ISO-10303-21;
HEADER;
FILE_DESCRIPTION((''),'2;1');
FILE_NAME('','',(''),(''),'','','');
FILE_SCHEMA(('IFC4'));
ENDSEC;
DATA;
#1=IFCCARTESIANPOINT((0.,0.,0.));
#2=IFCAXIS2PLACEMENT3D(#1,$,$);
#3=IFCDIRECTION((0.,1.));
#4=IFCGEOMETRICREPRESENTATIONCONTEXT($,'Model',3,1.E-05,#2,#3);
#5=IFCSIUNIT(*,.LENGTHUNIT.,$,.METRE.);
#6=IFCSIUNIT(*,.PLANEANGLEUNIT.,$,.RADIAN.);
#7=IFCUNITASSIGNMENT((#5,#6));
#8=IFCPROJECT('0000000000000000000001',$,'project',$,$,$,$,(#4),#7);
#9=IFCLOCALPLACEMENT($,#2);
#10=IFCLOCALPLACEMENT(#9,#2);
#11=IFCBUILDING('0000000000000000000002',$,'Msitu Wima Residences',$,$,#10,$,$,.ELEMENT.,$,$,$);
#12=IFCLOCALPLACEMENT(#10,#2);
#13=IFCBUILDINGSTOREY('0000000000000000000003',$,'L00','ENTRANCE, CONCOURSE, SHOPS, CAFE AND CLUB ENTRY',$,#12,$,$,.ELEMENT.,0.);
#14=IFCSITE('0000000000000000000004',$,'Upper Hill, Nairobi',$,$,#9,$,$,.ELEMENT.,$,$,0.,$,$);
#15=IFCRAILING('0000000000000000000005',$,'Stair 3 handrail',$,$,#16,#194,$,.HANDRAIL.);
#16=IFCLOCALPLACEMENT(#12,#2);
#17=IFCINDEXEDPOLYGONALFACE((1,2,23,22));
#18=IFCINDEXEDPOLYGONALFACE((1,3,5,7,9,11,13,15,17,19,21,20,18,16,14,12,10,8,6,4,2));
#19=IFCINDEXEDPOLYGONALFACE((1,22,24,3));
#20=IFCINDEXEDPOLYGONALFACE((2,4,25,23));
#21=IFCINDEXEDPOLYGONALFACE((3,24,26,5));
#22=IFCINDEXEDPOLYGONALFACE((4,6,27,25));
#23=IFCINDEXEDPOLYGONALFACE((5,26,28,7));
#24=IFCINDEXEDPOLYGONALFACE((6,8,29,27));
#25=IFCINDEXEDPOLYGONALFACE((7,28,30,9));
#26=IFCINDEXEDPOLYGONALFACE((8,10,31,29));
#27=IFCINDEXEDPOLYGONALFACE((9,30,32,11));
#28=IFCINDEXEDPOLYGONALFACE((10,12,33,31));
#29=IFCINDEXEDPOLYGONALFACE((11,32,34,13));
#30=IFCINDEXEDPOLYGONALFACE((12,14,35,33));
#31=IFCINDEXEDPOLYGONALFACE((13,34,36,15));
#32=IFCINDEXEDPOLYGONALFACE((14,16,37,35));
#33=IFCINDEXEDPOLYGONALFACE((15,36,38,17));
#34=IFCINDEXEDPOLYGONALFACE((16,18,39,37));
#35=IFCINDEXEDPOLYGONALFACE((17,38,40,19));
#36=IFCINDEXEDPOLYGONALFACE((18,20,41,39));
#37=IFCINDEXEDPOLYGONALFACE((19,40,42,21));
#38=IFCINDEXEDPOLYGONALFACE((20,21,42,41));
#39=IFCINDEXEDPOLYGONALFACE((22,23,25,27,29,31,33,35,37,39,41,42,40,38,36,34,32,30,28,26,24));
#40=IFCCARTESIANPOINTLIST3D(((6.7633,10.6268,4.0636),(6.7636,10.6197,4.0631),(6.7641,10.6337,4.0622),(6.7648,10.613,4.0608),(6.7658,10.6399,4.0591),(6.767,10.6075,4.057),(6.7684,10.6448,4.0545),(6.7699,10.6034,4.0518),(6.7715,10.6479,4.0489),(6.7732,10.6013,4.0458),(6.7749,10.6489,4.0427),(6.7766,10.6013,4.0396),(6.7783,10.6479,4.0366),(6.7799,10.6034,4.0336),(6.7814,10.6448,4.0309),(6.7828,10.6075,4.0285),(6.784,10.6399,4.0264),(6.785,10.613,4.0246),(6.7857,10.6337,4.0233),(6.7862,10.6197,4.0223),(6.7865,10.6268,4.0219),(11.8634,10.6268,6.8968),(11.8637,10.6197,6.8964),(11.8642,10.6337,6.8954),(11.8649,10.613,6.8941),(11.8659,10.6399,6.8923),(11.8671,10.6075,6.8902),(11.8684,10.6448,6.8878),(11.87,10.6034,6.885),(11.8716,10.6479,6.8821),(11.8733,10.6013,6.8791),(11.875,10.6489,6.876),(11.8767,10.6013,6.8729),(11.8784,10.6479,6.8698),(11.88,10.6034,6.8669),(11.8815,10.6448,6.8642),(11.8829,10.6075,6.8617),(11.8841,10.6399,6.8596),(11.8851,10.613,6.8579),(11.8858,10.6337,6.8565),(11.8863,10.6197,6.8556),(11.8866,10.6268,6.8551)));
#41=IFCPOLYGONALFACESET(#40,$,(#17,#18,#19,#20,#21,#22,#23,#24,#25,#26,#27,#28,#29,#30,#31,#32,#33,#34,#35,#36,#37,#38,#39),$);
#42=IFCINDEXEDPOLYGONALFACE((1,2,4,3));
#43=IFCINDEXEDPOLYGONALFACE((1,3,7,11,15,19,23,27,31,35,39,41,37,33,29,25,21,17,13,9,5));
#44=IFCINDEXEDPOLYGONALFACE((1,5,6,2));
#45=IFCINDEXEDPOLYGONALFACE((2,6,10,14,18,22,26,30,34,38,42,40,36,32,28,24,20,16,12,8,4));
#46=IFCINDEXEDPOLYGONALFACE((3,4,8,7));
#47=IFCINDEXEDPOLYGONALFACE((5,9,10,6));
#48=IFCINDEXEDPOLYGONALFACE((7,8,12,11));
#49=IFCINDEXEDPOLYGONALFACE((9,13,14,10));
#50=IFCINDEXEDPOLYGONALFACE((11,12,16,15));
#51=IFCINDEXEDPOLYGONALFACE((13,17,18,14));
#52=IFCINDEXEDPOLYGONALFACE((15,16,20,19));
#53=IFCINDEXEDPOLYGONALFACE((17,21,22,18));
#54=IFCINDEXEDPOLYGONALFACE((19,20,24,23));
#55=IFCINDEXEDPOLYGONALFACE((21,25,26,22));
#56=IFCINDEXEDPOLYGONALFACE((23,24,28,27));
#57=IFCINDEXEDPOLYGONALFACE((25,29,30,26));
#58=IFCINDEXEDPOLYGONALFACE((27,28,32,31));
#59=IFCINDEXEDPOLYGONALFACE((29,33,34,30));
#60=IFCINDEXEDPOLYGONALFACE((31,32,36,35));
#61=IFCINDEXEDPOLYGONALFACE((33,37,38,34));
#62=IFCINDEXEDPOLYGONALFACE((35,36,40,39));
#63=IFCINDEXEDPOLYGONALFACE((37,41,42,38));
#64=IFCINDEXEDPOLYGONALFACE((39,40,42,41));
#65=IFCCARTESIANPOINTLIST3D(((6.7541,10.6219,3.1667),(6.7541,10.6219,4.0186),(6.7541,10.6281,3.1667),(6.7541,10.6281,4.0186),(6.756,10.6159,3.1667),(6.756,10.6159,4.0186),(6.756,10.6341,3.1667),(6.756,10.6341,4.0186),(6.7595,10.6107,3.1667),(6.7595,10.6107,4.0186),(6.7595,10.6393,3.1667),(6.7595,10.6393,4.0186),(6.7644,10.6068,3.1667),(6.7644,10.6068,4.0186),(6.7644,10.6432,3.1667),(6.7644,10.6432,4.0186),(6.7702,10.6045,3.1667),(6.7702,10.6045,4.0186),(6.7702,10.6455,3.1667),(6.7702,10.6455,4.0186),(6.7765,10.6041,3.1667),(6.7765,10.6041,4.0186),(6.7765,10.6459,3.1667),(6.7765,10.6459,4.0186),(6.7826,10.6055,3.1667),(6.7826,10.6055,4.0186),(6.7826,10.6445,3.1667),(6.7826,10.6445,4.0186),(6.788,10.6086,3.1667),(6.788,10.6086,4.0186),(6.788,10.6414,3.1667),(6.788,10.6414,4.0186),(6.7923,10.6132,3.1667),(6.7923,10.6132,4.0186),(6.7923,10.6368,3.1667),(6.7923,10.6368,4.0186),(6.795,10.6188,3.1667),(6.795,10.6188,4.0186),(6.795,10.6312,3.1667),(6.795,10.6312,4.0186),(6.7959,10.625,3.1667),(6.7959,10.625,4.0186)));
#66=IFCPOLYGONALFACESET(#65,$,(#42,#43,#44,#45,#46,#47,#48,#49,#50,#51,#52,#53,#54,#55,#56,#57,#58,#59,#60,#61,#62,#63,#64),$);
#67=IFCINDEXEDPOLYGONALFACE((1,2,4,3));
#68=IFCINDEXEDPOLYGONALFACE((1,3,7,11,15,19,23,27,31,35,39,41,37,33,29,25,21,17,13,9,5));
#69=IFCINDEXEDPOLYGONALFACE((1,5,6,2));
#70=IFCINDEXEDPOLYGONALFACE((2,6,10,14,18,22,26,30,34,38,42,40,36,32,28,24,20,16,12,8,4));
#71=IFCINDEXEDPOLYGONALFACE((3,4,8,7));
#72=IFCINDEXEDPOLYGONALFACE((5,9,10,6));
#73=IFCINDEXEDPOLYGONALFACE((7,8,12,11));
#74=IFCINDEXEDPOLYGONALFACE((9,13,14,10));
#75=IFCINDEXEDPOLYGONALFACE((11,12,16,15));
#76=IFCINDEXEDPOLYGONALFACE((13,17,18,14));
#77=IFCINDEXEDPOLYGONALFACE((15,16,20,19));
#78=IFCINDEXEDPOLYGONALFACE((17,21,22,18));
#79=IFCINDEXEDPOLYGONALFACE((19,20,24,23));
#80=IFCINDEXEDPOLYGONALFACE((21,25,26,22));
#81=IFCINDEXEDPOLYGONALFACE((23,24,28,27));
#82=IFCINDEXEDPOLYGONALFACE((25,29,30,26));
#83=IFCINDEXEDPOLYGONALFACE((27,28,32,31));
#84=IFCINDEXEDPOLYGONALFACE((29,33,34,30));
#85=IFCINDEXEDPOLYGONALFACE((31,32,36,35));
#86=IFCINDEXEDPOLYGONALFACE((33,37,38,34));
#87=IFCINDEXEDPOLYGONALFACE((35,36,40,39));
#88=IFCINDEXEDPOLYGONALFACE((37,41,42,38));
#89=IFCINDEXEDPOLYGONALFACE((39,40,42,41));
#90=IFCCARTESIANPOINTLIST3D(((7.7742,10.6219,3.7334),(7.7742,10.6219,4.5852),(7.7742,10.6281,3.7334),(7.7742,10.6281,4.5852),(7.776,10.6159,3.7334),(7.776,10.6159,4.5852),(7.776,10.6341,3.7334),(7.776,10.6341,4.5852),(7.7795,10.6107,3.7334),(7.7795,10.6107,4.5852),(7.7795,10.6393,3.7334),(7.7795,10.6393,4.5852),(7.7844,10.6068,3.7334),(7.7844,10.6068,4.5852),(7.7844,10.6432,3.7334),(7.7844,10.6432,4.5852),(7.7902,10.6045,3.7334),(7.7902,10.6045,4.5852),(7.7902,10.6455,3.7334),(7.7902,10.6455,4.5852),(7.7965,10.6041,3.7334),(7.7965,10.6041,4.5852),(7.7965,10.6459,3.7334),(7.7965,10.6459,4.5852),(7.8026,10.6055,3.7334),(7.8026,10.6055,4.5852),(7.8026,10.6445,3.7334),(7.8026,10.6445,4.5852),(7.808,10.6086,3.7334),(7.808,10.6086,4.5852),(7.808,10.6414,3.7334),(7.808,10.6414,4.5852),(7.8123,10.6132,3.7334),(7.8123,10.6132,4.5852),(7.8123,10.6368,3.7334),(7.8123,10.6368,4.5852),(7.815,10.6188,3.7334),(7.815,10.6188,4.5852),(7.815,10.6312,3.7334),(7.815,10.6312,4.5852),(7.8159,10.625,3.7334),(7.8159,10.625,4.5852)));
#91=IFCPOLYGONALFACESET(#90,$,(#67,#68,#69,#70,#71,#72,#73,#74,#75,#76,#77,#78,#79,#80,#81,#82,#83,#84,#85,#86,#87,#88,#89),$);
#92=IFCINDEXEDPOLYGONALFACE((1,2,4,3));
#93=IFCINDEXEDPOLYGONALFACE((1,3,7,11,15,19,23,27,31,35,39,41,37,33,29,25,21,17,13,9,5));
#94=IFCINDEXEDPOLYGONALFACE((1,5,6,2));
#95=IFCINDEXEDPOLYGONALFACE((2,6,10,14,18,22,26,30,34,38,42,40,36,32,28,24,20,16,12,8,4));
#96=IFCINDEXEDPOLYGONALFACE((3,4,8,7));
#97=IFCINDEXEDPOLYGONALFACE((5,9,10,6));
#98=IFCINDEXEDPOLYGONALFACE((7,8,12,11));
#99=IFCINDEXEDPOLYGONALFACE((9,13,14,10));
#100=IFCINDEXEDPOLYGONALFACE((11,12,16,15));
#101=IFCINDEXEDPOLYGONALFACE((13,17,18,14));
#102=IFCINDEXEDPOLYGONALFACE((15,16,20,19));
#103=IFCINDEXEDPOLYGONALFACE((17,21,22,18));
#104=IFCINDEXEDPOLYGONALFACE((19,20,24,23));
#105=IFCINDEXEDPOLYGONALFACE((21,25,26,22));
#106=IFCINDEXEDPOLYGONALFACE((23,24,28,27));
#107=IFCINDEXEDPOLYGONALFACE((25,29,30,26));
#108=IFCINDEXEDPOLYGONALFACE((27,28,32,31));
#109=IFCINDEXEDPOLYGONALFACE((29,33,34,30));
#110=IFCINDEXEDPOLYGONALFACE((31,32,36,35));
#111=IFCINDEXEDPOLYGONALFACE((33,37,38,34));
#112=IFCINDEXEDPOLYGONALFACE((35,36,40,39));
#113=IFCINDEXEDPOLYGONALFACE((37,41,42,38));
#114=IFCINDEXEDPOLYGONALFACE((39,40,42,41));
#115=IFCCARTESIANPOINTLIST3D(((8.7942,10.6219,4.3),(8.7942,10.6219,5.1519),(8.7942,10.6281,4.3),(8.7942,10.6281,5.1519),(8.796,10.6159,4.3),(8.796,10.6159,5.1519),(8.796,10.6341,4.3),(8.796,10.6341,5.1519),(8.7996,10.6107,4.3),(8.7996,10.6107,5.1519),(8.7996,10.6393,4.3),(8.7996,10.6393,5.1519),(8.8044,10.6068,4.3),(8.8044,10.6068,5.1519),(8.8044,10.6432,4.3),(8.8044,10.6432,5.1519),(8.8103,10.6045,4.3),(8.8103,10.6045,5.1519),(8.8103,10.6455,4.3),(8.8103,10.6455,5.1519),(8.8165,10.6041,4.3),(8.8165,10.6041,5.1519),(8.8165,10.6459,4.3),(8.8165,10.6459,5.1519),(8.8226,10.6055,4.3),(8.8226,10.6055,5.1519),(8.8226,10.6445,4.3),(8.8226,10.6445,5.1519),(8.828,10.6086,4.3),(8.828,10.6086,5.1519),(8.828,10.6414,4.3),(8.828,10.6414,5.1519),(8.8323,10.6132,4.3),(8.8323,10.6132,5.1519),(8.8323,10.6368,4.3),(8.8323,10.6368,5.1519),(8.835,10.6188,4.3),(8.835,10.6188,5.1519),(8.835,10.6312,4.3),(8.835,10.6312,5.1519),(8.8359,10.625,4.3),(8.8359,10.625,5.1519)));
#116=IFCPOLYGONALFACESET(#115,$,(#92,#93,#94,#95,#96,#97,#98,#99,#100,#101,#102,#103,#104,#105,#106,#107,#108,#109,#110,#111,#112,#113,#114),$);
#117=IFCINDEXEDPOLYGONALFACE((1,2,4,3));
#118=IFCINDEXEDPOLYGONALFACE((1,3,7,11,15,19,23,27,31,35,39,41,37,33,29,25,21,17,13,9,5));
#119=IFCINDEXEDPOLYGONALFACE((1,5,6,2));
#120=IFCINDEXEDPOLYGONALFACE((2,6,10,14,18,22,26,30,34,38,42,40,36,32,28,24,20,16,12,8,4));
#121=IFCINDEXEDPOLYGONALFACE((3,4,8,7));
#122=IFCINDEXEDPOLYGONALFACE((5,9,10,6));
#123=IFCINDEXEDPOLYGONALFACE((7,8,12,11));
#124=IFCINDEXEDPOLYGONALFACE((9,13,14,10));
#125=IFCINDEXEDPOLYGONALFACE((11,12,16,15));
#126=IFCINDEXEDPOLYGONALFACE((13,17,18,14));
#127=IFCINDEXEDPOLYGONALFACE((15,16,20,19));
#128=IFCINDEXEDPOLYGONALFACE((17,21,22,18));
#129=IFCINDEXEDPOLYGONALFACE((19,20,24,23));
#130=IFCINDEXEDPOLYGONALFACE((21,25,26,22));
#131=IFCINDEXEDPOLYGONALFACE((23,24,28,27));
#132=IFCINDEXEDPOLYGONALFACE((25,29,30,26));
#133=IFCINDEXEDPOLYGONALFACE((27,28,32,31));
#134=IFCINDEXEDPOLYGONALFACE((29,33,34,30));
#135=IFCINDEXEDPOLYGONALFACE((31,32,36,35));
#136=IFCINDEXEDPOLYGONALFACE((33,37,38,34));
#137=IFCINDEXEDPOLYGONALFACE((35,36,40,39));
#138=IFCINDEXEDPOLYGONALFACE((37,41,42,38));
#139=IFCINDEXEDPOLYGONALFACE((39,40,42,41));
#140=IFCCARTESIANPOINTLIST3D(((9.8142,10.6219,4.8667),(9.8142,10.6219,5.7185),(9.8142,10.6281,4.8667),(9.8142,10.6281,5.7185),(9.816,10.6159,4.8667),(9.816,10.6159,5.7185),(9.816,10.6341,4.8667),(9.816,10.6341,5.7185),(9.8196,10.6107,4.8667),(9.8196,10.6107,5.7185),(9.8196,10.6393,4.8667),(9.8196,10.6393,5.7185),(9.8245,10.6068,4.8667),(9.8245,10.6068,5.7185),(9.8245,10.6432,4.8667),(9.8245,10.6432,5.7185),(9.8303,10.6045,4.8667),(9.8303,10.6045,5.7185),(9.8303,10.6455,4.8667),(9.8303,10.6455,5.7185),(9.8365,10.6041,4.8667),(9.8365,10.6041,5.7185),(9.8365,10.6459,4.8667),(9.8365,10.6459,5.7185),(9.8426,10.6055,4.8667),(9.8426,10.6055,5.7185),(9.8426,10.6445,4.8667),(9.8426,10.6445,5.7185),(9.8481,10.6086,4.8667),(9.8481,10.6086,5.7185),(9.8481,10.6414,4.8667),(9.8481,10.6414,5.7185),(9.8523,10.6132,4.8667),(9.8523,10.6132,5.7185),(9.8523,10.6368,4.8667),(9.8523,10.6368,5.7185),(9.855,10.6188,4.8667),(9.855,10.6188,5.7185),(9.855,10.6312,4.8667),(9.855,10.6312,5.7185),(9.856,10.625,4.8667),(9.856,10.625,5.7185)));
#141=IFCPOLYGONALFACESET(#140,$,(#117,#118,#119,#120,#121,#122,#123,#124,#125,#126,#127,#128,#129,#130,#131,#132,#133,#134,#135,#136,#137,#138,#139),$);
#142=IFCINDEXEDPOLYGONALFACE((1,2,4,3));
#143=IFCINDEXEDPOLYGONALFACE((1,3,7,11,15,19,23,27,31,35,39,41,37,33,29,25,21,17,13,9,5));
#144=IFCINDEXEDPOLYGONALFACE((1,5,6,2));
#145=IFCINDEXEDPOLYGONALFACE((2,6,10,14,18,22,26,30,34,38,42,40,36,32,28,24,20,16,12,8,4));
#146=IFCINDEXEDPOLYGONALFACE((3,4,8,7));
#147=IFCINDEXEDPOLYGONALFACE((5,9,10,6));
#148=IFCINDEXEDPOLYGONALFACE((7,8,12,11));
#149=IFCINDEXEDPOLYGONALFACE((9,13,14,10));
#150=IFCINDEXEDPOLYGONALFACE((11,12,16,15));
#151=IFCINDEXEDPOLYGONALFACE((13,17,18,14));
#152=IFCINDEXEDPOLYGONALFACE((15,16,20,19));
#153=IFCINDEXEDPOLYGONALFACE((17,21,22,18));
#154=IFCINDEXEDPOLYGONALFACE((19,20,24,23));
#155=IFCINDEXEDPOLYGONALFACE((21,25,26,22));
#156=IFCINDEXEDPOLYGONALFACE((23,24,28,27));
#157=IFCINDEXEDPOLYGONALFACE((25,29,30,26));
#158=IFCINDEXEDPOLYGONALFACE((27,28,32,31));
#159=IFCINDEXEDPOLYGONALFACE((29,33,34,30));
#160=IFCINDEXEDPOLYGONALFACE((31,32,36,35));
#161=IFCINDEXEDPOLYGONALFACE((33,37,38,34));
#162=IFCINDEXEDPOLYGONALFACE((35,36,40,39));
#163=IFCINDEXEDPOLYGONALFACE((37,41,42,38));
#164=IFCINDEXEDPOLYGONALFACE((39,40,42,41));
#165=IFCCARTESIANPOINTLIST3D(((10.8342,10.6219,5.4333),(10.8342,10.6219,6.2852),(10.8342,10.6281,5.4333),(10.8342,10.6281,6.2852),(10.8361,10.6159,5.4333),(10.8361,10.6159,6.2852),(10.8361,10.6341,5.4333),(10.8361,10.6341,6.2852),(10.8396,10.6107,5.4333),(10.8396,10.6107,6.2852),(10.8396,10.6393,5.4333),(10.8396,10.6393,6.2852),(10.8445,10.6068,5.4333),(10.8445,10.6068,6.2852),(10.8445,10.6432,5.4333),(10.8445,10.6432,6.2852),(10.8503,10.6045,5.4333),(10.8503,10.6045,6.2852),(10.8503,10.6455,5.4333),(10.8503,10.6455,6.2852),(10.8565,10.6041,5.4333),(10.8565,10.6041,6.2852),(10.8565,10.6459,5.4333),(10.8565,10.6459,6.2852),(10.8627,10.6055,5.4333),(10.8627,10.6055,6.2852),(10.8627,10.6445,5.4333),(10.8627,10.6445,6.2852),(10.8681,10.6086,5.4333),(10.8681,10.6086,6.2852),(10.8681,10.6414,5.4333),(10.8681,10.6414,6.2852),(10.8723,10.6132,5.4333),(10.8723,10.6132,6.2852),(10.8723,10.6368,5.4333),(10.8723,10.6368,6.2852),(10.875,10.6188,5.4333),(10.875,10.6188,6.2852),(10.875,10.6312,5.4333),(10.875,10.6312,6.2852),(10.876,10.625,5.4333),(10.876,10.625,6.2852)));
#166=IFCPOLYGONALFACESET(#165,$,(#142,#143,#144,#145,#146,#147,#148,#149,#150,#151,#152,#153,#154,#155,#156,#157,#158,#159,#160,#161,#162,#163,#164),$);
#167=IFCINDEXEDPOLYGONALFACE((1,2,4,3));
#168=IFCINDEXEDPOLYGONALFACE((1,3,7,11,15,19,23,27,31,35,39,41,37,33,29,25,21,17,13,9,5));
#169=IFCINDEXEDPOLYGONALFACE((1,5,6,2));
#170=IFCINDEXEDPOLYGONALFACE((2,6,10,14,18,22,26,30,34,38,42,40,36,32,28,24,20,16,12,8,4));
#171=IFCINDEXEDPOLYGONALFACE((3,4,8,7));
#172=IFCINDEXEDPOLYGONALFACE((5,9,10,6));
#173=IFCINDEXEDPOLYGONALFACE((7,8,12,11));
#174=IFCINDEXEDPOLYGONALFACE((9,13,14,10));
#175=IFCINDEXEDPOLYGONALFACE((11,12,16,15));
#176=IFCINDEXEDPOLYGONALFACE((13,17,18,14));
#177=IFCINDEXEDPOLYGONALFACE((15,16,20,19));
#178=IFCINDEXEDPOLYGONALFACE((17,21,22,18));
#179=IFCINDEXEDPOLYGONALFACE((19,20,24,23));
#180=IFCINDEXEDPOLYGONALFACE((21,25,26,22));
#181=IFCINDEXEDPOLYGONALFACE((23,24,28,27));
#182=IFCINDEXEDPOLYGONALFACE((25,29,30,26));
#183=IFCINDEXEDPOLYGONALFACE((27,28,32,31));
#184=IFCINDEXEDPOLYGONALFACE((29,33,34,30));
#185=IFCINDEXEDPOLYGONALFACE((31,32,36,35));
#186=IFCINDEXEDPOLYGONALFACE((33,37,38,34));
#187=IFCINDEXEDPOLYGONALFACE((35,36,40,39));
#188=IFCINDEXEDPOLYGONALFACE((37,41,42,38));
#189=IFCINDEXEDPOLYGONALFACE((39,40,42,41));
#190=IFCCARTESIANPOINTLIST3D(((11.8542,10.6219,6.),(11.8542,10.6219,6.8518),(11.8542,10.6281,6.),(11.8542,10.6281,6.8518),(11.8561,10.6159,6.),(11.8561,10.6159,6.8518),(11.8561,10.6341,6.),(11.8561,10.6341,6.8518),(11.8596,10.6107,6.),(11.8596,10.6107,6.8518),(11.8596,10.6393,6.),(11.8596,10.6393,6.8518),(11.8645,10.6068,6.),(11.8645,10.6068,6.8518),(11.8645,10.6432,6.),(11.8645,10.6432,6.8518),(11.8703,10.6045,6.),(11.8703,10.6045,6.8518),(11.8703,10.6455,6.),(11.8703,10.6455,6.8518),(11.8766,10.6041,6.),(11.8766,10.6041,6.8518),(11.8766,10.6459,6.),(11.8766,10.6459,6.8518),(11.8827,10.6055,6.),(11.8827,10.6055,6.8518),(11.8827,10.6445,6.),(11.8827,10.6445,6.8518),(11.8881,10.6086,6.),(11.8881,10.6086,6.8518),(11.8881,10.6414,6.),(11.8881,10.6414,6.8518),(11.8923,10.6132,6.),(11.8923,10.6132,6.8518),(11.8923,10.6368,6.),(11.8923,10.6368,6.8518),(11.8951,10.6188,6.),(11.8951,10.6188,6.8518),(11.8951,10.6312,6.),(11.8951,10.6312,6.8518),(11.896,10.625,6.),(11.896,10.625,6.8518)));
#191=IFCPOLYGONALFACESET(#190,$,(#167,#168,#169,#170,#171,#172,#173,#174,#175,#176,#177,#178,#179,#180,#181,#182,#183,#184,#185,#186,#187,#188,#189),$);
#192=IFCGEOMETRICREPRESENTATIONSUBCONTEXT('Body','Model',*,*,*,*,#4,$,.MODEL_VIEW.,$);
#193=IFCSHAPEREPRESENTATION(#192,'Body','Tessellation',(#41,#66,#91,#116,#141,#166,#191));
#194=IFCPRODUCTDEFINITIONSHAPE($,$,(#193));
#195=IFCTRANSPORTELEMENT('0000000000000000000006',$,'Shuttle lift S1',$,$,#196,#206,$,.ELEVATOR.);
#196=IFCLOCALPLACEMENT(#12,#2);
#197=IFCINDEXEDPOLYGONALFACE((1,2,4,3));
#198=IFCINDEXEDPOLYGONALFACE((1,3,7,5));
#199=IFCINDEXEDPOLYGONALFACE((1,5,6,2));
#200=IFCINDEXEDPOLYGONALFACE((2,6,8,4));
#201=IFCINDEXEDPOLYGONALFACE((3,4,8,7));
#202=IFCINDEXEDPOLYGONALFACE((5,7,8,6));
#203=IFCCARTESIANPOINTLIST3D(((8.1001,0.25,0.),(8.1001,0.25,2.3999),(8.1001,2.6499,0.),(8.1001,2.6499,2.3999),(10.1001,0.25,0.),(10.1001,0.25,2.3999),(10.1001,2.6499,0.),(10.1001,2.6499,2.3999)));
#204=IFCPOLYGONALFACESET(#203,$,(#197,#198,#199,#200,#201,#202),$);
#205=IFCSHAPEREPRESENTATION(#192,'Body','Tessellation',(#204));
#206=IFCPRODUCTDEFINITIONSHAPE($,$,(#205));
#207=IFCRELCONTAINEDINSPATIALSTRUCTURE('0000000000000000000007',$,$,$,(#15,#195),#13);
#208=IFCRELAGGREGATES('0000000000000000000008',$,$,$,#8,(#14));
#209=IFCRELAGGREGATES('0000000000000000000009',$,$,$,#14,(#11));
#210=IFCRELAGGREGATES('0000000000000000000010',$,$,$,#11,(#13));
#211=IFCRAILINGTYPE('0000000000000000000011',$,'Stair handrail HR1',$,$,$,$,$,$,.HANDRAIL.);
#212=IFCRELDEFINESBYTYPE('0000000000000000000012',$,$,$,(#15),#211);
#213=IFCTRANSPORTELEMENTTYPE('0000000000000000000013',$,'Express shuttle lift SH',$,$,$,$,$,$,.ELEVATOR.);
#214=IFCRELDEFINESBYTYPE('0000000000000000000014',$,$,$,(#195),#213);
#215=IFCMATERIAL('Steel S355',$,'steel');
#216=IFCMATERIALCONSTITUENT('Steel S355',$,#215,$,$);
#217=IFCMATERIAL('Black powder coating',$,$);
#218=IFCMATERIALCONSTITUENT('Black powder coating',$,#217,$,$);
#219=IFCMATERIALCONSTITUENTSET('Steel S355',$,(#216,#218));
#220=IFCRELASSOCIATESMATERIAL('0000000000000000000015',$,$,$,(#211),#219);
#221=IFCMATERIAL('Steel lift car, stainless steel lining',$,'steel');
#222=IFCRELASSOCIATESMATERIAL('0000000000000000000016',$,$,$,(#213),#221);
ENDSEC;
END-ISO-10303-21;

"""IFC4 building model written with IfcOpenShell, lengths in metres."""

from ifc_helpers import new_model, si_unit, direction, frame, origin, origin_2d, place, context, subcontext, project, spatial, rectangle, circle, extrude, material, constituent, constituent_set, type_object, element, save


model = new_model("IFC4")

# Units and contexts
model_context = context("Model", 3, precision=1e-05, world=origin(), true_north=direction((0.0, 1.0)))
body_context = subcontext(model_context, "Body", "Model", "MODEL_VIEW")
ifc_project = project(units=[si_unit("LENGTHUNIT", "METRE"), si_unit("PLANEANGLEUNIT", "RADIAN")], contexts=[model_context])

# Site, building, storey
site_placement = place(None, origin())
site = spatial("IfcSite", under=ifc_project, at=site_placement, Name="Upper Hill, Nairobi", CompositionType="ELEMENT", RefElevation=0.0)
building_placement = place(site_placement, origin())
building = spatial("IfcBuilding", under=site, at=building_placement, Name="Msitu Wima Residences", CompositionType="ELEMENT")
storey_placement = place(building_placement, origin())
storey = spatial("IfcBuildingStorey", under=building, at=storey_placement, Name="L00", Description="ENTRANCE, CONCOURSE, SHOPS, CAFE AND CLUB ENTRY", CompositionType="ELEMENT", Elevation=0.0)

# Railing
ifc_material_1 = material(Name="Steel S355", Category="steel")
ifc_constituent_1 = constituent(ifc_material_1, Name="Steel S355")
ifc_material_2 = material(Name="Black powder coating")
ifc_constituent_2 = constituent(ifc_material_2, Name="Black powder coating")
ifc_constituent_set = constituent_set(constituents=[ifc_constituent_1, ifc_constituent_2], Name="Steel S355")
railing_type = type_object("IfcRailingType", Name="Stair handrail HR1", PredefinedType="HANDRAIL", material=ifc_constituent_set)
for number, where, name in (
    (1, (6.7749, 10.625, 3.1667), "Stair 3 handrail"),
):
    element("IfcRailing", number, at=place(storey_placement, frame(where)), inside=storey, type_object=railing_type, Name=name, PredefinedType="HANDRAIL", context=body_context, shape_type="SweptSolid", body=[
        extrude(circle(Radius=0.0239, at=origin_2d()), frame((0.0, 0.0, 0.876), z_axis=(0.874167, 0.0, 0.485625), x_axis=(0.0, 1.0, 0.0)), (0.0, 0.0, 1.0), 5.8342),
        extrude(circle(Radius=0.021, at=origin_2d()), origin(), (0.0, 0.0, 1.0), 0.8518),
        extrude(circle(Radius=0.021, at=origin_2d()), frame((1.02, 0.0, 0.5667)), (0.0, 0.0, 1.0), 0.8518),
        extrude(circle(Radius=0.021, at=origin_2d()), frame((2.04, 0.0, 1.1333)), (0.0, 0.0, 1.0), 0.8518),
        extrude(circle(Radius=0.021, at=origin_2d()), frame((3.0601, 0.0, 1.7)), (0.0, 0.0, 1.0), 0.8518),
        extrude(circle(Radius=0.021, at=origin_2d()), frame((4.0801, 0.0, 2.2666)), (0.0, 0.0, 1.0), 0.8518),
        extrude(circle(Radius=0.021, at=origin_2d()), frame((5.1001, 0.0, 2.8333)), (0.0, 0.0, 1.0), 0.8518),
    ])

# Transport element
ifc_material_3 = material(Name="Steel lift car, stainless steel lining", Category="steel")
transport_element_type = type_object("IfcTransportElementType", Name="Express shuttle lift SH", PredefinedType="ELEVATOR", material=ifc_material_3)
transport_element_placement = place(storey_placement, frame((9.1001, 1.45, 0.0), z_axis=(0.0, 0.0, 1.0), x_axis=(1.0, 0.0, 0.0)))
element("IfcTransportElement", 2, at=transport_element_placement, inside=storey, type_object=transport_element_type, Name="Shuttle lift S1", PredefinedType="ELEVATOR", context=body_context, shape_type="SweptSolid", body=[
    extrude(rectangle(XDim=2.0, YDim=2.3999, at=origin_2d()), origin(), (0.0, 0.0, 1.0), 2.3999),
])

save(model, "model.ifc")
